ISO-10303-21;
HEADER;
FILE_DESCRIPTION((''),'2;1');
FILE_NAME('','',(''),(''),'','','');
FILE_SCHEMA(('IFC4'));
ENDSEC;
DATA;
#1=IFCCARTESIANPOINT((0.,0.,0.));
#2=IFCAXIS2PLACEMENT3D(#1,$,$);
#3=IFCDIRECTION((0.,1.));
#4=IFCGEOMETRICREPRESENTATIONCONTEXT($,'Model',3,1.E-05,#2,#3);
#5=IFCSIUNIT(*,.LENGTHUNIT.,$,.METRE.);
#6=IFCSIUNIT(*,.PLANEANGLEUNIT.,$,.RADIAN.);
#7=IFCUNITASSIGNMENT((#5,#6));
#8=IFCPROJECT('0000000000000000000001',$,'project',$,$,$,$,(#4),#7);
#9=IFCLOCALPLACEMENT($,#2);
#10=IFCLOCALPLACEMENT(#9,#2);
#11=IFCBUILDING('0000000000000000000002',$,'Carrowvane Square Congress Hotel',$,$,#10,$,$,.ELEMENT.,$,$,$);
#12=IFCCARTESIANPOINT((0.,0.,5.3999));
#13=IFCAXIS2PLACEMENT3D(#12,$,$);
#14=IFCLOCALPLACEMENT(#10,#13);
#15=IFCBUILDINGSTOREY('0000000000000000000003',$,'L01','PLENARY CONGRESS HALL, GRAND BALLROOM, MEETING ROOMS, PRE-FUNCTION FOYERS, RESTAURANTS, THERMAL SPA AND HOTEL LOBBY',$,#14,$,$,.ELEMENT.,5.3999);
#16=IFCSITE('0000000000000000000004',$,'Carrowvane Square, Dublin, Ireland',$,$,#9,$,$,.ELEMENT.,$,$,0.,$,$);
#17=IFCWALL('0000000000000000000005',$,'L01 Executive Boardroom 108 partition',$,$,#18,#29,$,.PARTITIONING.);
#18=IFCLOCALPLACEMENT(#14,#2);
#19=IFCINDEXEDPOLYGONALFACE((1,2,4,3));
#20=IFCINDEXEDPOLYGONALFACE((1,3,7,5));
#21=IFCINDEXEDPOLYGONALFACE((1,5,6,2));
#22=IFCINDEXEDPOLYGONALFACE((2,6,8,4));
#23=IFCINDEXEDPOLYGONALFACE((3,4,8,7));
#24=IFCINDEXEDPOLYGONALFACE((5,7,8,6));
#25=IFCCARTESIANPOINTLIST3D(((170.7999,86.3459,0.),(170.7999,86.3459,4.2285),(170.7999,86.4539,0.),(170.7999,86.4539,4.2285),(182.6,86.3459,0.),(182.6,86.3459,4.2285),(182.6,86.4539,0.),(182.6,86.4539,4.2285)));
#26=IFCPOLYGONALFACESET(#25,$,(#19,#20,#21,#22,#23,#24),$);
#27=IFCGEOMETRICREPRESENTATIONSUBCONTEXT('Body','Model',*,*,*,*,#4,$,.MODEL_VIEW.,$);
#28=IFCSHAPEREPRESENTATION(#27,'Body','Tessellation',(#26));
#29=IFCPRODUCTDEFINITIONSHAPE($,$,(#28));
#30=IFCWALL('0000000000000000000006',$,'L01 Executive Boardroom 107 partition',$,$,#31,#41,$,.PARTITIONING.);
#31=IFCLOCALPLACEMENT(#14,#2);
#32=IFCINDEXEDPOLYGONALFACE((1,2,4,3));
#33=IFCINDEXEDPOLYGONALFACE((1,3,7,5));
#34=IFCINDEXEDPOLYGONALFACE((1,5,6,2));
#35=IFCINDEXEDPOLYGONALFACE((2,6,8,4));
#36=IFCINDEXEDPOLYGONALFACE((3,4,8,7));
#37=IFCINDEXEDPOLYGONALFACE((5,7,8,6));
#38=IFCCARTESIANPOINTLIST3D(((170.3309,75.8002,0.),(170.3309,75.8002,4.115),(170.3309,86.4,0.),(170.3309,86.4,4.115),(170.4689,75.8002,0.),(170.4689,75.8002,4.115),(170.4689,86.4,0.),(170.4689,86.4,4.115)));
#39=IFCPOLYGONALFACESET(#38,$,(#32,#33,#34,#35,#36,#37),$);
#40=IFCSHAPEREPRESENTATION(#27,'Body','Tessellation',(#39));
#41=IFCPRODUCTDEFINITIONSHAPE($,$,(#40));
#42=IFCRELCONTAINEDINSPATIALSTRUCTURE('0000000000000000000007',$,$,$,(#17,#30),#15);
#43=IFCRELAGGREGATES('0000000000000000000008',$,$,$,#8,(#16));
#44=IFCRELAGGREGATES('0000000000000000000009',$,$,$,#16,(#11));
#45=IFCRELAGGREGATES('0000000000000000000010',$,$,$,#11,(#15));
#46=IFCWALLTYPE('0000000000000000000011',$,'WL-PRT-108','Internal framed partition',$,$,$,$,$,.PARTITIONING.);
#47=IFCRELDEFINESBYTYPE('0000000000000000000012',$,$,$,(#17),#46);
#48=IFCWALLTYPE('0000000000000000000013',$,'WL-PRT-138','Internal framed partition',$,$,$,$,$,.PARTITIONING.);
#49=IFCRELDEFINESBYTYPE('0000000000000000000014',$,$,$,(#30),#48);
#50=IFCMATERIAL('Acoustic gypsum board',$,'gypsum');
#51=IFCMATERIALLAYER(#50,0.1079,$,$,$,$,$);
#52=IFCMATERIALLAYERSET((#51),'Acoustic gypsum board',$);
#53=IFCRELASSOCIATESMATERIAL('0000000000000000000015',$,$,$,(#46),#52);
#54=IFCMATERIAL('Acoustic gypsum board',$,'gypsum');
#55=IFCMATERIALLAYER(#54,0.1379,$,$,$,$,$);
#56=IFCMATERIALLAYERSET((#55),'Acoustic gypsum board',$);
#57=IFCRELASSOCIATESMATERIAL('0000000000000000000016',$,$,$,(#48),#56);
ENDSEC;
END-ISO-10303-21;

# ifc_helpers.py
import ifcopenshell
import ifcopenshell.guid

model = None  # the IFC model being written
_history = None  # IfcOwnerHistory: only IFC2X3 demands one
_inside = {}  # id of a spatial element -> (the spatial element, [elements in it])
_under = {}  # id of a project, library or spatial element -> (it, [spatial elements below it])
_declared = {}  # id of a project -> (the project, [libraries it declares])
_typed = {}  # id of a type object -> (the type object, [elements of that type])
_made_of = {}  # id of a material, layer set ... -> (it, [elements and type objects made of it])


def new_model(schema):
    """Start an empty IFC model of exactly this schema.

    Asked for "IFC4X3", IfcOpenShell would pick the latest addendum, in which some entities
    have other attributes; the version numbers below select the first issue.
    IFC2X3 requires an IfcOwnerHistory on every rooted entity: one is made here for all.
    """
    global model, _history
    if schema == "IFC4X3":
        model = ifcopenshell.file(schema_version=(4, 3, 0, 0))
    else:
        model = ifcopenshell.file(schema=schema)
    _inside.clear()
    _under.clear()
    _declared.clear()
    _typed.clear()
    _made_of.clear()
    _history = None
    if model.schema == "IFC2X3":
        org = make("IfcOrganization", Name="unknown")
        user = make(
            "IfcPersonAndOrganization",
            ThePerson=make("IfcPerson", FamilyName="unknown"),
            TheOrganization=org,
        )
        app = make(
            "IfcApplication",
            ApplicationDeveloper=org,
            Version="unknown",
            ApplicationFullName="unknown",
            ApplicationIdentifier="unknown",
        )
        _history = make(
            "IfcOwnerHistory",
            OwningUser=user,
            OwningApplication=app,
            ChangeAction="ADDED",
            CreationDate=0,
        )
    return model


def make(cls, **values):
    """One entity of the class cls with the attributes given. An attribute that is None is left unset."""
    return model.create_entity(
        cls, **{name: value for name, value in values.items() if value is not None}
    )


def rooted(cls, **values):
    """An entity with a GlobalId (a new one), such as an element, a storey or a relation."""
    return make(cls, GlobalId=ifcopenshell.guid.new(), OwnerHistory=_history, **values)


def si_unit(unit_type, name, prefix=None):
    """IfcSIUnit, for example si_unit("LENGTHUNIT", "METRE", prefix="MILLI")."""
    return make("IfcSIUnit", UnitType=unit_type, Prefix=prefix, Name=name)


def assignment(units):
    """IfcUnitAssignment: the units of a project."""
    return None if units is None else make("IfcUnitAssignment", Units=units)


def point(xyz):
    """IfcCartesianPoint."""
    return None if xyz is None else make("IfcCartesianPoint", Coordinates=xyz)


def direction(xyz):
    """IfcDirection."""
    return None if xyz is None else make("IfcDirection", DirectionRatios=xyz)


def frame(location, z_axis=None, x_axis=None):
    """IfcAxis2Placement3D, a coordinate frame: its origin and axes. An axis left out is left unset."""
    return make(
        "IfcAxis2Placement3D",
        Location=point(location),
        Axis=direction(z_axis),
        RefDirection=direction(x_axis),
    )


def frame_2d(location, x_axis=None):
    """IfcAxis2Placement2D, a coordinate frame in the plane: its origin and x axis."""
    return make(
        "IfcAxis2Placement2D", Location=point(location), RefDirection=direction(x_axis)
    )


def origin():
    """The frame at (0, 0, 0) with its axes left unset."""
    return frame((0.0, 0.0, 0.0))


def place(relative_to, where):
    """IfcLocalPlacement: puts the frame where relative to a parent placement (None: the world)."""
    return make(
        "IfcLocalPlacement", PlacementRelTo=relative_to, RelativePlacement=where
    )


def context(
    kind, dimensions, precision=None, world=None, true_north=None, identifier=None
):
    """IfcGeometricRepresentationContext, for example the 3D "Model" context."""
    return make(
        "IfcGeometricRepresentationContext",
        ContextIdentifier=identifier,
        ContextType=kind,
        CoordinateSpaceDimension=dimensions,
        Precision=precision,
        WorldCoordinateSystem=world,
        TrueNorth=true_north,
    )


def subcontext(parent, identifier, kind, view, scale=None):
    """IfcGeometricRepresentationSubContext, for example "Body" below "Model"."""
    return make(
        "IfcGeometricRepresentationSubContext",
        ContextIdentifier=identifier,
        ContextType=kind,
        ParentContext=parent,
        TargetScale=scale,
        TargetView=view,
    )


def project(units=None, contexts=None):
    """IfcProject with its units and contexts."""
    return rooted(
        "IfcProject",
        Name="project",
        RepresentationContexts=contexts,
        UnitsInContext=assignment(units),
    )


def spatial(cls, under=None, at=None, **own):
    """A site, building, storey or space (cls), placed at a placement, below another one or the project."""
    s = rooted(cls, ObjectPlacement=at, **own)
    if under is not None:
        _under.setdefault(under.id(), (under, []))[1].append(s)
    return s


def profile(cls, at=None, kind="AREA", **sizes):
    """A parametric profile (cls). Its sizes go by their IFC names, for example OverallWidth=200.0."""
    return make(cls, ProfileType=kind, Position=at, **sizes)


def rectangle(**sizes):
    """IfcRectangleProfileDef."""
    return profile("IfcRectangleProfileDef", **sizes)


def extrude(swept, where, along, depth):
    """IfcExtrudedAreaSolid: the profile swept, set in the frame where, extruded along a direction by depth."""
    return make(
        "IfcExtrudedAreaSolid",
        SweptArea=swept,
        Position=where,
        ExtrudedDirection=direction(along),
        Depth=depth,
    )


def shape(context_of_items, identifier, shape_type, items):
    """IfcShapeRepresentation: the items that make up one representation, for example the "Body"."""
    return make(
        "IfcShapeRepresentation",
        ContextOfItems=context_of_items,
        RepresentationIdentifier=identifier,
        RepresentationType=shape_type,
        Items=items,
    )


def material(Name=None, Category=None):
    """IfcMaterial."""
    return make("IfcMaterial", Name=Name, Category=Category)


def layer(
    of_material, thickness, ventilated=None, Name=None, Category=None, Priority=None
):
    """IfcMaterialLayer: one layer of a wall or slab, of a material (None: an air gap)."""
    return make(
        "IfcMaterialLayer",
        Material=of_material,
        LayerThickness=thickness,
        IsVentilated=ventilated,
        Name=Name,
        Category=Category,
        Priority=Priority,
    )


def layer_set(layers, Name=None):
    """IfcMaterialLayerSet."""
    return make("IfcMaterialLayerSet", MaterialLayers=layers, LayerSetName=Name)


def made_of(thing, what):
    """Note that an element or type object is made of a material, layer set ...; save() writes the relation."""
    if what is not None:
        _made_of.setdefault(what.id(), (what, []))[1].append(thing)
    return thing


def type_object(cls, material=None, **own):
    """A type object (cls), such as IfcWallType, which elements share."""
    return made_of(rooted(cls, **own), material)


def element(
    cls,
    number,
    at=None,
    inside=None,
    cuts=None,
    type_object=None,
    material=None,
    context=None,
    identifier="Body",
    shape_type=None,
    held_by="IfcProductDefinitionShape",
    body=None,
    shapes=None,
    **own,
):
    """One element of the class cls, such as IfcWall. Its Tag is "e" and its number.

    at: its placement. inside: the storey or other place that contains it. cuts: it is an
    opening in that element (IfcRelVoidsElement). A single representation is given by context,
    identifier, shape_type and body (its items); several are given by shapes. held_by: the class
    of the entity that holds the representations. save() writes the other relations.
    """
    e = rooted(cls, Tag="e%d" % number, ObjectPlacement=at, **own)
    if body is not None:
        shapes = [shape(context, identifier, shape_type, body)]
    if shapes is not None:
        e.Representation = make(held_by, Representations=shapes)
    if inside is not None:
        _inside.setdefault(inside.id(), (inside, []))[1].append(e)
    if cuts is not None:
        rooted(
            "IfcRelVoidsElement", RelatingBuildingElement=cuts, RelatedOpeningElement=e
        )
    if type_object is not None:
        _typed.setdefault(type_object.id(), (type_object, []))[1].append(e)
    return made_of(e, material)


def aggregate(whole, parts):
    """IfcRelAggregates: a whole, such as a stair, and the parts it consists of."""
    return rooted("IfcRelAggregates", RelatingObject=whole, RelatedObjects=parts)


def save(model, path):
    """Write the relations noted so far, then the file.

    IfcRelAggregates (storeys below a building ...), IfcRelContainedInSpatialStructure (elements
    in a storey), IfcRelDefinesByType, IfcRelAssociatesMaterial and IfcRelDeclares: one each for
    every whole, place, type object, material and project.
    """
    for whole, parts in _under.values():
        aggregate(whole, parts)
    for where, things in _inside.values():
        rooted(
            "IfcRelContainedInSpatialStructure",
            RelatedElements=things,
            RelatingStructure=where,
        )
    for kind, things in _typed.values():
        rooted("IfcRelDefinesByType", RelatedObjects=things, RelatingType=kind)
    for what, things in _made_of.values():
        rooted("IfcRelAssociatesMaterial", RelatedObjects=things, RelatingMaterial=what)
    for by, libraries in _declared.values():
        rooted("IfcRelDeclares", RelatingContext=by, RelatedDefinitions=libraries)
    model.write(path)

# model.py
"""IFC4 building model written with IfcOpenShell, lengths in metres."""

from ifc_helpers import new_model, si_unit, direction, frame, frame_2d, origin, place, context, subcontext, project, spatial, rectangle, extrude, material, layer, layer_set, type_object, element, save


model = new_model("IFC4")

# Units and contexts
model_context = context("Model", 3, precision=1e-05, world=origin(), true_north=direction((0.0, 1.0)))
body_context = subcontext(model_context, "Body", "Model", "MODEL_VIEW")
ifc_project = project(units=[si_unit("LENGTHUNIT", "METRE"), si_unit("PLANEANGLEUNIT", "RADIAN")], contexts=[model_context])

# Site, building, storey
site_placement = place(None, origin())
site = spatial("IfcSite", under=ifc_project, at=site_placement, Name="Carrowvane Square, Dublin, Ireland", CompositionType="ELEMENT", RefElevation=0.0)
building_placement = place(site_placement, origin())
building = spatial("IfcBuilding", under=site, at=building_placement, Name="Carrowvane Square Congress Hotel", CompositionType="ELEMENT")
storey_placement = place(building_placement, frame((0.0, 0.0, 5.3999)))
storey = spatial("IfcBuildingStorey", under=building, at=storey_placement, Name="L01", Description="PLENARY CONGRESS HALL, GRAND BALLROOM, MEETING ROOMS, PRE-FUNCTION FOYERS, RESTAURANTS, THERMAL SPA AND HOTEL LOBBY", CompositionType="ELEMENT", Elevation=5.3999)

# Walls
ifc_material_1 = material(Name="Acoustic gypsum board", Category="gypsum")
ifc_layer_1 = layer(ifc_material_1, 0.1079)
ifc_layer_set_1 = layer_set([ifc_layer_1], Name="Acoustic gypsum board")
wall_type_1 = type_object("IfcWallType", Name="WL-PRT-108", Description="Internal framed partition", PredefinedType="PARTITIONING", material=ifc_layer_set_1)
wall_1_placement = place(storey_placement, frame((170.8, 86.3999, 0.0), z_axis=(0.0, 0.0, 1.0), x_axis=(1.0, 0.0, 0.0)))
element("IfcWall", 1, at=wall_1_placement, inside=storey, type_object=wall_type_1, Name="L01 Executive Boardroom 108 partition", PredefinedType="PARTITIONING", context=body_context, shape_type="SweptSolid", body=[
    extrude(rectangle(XDim=11.8, YDim=0.1079, at=frame_2d((5.8999, 0.0))), origin(), (0.0, 0.0, 1.0), 4.2285),
])
ifc_material_2 = material(Name="Acoustic gypsum board", Category="gypsum")
ifc_layer_2 = layer(ifc_material_2, 0.1379)
ifc_layer_set_2 = layer_set([ifc_layer_2], Name="Acoustic gypsum board")
wall_type_2 = type_object("IfcWallType", Name="WL-PRT-138", Description="Internal framed partition", PredefinedType="PARTITIONING", material=ifc_layer_set_2)
wall_2_placement = place(storey_placement, frame((170.3999, 86.3999, 0.0), z_axis=(0.0, 0.0, 1.0), x_axis=(0.0, -1.0, 0.0)))
element("IfcWall", 2, at=wall_2_placement, inside=storey, type_object=wall_type_2, Name="L01 Executive Boardroom 107 partition", PredefinedType="PARTITIONING", context=body_context, shape_type="SweptSolid", body=[
    extrude(rectangle(XDim=10.5999, YDim=0.1379, at=frame_2d((5.2998, 0.0))), origin(), (0.0, 0.0, 1.0), 4.115),
])

save(model, "model.ifc")
